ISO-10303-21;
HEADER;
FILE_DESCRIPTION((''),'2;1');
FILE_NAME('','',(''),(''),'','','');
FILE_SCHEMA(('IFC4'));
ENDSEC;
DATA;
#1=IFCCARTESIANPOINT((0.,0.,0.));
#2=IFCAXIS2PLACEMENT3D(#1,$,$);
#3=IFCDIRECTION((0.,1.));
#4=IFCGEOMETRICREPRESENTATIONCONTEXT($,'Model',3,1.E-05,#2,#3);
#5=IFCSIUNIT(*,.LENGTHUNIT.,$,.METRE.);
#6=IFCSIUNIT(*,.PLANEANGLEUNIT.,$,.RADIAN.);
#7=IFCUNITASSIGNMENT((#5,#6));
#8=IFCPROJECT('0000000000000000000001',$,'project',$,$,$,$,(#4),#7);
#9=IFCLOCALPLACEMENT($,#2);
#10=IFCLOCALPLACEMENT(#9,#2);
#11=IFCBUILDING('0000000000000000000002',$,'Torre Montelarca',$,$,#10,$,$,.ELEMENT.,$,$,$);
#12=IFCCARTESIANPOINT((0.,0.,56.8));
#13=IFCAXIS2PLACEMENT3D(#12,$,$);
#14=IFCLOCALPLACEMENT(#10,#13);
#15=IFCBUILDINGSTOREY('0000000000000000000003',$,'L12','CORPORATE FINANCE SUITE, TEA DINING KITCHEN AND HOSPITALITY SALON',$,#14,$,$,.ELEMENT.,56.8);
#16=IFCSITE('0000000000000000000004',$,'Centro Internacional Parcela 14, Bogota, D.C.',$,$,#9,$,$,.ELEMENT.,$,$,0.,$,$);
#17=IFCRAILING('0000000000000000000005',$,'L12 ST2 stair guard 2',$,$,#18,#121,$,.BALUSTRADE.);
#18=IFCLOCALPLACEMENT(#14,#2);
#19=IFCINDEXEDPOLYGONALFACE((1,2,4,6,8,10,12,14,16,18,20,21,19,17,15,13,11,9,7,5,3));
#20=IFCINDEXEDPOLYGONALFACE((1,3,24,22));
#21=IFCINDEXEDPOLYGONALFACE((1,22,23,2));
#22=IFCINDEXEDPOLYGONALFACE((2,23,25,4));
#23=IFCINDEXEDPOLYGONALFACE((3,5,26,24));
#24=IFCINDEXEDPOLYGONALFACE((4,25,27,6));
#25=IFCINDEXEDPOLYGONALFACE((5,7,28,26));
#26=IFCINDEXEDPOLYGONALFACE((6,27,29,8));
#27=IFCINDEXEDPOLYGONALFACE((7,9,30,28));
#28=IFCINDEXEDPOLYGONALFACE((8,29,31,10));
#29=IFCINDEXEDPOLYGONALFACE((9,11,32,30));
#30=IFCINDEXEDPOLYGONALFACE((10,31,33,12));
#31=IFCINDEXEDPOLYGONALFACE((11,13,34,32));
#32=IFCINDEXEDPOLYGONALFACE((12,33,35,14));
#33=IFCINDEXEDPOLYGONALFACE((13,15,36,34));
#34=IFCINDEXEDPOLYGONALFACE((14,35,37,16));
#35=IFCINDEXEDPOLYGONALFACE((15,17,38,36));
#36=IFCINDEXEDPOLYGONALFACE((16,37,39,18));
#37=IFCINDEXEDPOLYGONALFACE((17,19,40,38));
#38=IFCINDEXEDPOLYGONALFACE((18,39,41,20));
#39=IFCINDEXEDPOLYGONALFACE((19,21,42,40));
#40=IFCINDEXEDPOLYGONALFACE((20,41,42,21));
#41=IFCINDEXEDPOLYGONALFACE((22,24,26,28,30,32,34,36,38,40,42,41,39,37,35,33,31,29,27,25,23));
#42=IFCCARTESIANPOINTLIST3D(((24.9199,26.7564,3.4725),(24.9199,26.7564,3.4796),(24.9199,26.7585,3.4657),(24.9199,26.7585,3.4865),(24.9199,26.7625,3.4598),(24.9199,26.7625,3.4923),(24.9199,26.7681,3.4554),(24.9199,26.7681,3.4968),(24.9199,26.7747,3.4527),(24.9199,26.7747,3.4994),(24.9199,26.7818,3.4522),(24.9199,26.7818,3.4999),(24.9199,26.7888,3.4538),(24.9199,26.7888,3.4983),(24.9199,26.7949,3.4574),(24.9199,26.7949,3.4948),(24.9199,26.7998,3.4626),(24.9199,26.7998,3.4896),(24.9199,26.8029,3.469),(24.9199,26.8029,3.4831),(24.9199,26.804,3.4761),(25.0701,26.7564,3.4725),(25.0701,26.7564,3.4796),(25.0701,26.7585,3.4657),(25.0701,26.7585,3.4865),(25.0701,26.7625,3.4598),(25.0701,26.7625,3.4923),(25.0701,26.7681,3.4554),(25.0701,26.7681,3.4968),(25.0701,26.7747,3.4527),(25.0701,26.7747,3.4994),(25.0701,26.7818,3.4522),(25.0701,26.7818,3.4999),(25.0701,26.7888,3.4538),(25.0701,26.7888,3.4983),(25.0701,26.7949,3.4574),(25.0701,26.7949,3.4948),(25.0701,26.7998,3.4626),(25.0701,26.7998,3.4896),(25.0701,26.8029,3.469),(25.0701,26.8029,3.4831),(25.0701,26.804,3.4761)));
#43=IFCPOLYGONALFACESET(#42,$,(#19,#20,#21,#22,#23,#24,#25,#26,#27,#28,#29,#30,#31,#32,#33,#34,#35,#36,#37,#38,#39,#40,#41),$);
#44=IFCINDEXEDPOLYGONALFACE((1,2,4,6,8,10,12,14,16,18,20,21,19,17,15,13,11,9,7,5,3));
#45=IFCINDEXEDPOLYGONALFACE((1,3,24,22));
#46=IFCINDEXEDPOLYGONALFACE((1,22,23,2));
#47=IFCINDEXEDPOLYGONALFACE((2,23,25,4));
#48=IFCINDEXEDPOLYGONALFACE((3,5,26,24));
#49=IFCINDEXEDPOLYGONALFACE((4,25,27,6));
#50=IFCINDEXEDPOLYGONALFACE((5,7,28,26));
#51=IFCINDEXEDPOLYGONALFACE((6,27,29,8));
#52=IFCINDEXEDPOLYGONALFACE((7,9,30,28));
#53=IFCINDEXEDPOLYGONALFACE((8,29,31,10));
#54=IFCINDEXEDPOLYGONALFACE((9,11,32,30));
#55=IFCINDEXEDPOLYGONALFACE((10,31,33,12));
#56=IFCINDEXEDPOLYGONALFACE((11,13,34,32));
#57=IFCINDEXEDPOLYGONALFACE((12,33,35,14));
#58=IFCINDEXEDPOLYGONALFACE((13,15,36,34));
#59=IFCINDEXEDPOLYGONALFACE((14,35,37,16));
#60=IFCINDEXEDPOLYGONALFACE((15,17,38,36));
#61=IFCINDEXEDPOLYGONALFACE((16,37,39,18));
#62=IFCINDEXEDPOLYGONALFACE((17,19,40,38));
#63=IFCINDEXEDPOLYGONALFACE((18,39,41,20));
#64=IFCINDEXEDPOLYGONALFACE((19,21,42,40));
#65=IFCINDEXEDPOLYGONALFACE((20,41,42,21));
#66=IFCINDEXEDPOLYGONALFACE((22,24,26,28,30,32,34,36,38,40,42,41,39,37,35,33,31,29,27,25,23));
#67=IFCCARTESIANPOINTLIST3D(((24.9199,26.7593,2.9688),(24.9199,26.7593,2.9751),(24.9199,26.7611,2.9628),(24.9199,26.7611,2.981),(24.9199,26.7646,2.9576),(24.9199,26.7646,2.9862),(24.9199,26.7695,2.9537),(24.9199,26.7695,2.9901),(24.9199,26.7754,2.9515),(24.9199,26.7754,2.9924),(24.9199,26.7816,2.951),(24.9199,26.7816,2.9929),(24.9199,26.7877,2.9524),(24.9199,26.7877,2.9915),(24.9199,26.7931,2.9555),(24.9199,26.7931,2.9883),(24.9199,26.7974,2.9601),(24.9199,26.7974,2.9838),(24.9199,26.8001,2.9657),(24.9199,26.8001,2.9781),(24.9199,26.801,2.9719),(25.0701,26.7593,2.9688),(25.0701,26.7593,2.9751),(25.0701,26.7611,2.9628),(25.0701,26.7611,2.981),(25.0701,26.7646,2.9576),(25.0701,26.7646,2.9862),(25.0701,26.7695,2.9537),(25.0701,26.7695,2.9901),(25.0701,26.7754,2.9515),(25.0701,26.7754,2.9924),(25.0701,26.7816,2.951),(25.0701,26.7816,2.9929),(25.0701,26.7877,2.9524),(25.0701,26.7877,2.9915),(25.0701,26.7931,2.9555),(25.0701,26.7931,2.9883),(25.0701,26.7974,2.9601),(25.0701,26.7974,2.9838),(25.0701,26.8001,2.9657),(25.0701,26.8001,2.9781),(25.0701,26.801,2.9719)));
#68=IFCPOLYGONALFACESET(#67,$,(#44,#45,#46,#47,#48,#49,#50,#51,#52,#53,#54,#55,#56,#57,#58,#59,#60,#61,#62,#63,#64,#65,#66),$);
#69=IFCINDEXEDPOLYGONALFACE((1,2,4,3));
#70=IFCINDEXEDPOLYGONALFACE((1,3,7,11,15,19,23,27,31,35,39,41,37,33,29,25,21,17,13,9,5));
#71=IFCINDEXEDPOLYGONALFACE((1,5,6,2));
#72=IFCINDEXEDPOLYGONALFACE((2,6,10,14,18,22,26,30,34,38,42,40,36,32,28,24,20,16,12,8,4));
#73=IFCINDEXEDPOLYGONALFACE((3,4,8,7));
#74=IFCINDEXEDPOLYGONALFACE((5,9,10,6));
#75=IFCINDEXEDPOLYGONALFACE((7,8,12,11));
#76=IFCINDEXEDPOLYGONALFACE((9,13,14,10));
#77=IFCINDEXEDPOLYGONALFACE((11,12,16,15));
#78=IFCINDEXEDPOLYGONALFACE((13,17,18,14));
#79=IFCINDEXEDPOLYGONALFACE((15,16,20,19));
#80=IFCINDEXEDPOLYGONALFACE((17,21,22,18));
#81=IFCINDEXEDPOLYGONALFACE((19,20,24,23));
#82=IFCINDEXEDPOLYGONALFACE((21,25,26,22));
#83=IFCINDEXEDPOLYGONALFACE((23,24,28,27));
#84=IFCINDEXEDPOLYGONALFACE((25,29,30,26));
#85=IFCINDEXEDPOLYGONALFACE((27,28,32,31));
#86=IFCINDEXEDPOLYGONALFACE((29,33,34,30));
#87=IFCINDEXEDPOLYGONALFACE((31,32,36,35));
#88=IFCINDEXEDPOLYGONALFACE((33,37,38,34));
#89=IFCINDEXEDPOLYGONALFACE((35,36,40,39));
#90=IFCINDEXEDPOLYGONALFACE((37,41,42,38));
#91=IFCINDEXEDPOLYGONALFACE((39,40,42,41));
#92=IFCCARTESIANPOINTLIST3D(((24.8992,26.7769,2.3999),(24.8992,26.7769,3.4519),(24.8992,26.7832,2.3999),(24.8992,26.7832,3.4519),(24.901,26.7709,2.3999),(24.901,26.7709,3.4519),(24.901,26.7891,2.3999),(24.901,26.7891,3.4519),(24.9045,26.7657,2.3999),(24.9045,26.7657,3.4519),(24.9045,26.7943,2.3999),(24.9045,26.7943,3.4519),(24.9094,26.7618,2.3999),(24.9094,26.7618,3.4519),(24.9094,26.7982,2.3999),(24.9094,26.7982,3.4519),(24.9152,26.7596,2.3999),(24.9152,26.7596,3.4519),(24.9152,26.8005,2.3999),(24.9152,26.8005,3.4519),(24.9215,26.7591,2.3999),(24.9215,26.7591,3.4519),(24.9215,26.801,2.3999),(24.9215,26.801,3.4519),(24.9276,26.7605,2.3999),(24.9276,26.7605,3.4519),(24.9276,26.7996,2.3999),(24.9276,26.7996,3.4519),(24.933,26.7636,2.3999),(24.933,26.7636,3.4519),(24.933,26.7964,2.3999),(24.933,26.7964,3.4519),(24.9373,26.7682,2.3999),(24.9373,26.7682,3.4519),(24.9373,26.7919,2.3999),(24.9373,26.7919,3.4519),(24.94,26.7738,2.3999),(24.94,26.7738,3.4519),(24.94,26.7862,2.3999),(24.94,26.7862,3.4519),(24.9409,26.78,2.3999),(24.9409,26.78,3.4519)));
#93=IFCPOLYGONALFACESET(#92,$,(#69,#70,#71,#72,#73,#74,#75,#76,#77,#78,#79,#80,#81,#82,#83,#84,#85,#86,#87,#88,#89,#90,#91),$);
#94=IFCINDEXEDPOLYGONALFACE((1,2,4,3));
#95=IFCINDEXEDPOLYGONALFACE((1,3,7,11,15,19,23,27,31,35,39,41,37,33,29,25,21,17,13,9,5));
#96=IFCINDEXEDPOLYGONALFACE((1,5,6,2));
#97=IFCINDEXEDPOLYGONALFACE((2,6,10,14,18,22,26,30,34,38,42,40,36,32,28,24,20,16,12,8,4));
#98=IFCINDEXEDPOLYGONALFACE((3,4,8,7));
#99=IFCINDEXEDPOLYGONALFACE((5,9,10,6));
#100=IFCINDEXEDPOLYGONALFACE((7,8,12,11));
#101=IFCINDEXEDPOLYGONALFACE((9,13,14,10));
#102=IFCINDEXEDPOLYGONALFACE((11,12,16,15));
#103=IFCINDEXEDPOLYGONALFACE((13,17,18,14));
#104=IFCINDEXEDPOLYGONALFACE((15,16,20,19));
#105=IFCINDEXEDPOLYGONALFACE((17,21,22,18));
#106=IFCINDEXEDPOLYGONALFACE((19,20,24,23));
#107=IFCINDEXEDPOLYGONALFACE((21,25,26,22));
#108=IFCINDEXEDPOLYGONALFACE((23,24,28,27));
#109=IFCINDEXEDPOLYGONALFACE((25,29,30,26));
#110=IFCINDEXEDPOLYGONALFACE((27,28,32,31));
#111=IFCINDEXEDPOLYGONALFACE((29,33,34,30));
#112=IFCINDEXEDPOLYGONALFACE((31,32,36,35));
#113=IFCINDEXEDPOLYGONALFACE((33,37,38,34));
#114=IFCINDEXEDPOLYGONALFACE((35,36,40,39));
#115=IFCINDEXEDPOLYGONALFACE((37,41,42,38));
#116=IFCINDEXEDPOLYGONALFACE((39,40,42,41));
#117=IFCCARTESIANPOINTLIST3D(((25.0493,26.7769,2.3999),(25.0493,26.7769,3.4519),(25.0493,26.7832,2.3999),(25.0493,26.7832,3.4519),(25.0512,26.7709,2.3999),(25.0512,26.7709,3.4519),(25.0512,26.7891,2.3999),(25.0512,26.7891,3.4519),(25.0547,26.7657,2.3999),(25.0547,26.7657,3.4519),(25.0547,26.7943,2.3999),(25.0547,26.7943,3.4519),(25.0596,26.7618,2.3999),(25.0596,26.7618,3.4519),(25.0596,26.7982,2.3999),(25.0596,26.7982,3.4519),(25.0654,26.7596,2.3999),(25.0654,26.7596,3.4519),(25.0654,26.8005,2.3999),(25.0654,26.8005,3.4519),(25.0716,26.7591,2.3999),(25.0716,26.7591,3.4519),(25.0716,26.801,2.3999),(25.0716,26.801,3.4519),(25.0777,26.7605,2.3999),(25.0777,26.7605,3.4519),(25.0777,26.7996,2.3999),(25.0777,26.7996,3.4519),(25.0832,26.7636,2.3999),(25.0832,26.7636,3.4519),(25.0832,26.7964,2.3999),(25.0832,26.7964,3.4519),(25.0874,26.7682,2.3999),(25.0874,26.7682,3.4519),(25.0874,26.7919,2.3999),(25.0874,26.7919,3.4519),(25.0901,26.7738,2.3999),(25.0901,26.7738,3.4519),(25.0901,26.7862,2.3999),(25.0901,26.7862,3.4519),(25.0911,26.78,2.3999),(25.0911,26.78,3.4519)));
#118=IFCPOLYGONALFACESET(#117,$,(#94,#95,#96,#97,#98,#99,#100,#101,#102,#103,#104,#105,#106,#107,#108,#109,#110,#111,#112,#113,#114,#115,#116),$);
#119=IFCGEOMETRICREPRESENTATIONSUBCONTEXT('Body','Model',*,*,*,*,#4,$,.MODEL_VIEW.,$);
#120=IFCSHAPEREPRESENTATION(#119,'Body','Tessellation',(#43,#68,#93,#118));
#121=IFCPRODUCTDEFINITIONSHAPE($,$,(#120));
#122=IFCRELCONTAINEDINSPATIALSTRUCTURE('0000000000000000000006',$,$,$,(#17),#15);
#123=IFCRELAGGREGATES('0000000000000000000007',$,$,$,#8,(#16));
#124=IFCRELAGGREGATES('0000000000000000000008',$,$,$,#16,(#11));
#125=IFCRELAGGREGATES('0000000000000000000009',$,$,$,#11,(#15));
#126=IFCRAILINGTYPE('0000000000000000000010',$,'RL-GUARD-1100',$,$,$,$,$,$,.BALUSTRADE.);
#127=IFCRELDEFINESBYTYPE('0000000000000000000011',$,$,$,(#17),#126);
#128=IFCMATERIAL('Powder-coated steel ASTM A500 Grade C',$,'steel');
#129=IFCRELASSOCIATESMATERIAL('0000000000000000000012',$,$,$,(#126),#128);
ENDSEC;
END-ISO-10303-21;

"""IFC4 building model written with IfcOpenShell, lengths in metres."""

from ifc_helpers import new_model, si_unit, direction, frame, origin, origin_2d, place, context, subcontext, project, spatial, circle, extrude, material, type_object, element, save


model = new_model("IFC4")

# Units and contexts
model_context = context("Model", 3, precision=1e-05, world=origin(), true_north=direction((0.0, 1.0)))
body_context = subcontext(model_context, "Body", "Model", "MODEL_VIEW")
ifc_project = project(units=[si_unit("LENGTHUNIT", "METRE"), si_unit("PLANEANGLEUNIT", "RADIAN")], contexts=[model_context])

# Site, building, storey
site_placement = place(None, origin())
site = spatial("IfcSite", under=ifc_project, at=site_placement, Name="Centro Internacional Parcela 14, Bogota, D.C.", CompositionType="ELEMENT", RefElevation=0.0)
building_placement = place(site_placement, origin())
building = spatial("IfcBuilding", under=site, at=building_placement, Name="Torre Montelarca", CompositionType="ELEMENT")
storey_placement = place(building_placement, frame((0.0, 0.0, 56.8)))
storey = spatial("IfcBuildingStorey", under=building, at=storey_placement, Name="L12", Description="CORPORATE FINANCE SUITE, TEA DINING KITCHEN AND HOSPITALITY SALON", CompositionType="ELEMENT", Elevation=56.8)

# Railing
ifc_material_1 = material(Name="Powder-coated steel ASTM A500 Grade C", Category="steel")
railing_type_1 = type_object("IfcRailingType", Name="RL-GUARD-1100", PredefinedType="BALUSTRADE", material=ifc_material_1)
railing_1_placement = place(storey_placement, frame((24.9199, 26.78, 2.3999)))
element("IfcRailing", 1, at=railing_1_placement, inside=storey, type_object=railing_type_1, Name="L12 ST2 stair guard 2", PredefinedType="BALUSTRADE", context=body_context, shape_type="SweptSolid", body=[
    extrude(circle(Radius=0.0239, at=origin_2d()), frame((0.0, 0.0, 1.0762), z_axis=(1.0, 0.0, 0.0), x_axis=(0.0, 1.0, 0.0)), (0.0, 0.0, 1.0), 0.1501),
    extrude(circle(Radius=0.021, at=origin_2d()), frame((0.0, 0.0, 0.572), z_axis=(1.0, 0.0, 0.0), x_axis=(0.0, 1.0, 0.0)), (0.0, 0.0, 1.0), 0.1501),
    extrude(circle(Radius=0.021, at=origin_2d()), origin(), (0.0, 0.0, 1.0), 1.052),
    extrude(circle(Radius=0.021, at=origin_2d()), frame((0.1501, 0.0, 0.0)), (0.0, 0.0, 1.0), 1.052),
])

save(model, "model.ifc")
